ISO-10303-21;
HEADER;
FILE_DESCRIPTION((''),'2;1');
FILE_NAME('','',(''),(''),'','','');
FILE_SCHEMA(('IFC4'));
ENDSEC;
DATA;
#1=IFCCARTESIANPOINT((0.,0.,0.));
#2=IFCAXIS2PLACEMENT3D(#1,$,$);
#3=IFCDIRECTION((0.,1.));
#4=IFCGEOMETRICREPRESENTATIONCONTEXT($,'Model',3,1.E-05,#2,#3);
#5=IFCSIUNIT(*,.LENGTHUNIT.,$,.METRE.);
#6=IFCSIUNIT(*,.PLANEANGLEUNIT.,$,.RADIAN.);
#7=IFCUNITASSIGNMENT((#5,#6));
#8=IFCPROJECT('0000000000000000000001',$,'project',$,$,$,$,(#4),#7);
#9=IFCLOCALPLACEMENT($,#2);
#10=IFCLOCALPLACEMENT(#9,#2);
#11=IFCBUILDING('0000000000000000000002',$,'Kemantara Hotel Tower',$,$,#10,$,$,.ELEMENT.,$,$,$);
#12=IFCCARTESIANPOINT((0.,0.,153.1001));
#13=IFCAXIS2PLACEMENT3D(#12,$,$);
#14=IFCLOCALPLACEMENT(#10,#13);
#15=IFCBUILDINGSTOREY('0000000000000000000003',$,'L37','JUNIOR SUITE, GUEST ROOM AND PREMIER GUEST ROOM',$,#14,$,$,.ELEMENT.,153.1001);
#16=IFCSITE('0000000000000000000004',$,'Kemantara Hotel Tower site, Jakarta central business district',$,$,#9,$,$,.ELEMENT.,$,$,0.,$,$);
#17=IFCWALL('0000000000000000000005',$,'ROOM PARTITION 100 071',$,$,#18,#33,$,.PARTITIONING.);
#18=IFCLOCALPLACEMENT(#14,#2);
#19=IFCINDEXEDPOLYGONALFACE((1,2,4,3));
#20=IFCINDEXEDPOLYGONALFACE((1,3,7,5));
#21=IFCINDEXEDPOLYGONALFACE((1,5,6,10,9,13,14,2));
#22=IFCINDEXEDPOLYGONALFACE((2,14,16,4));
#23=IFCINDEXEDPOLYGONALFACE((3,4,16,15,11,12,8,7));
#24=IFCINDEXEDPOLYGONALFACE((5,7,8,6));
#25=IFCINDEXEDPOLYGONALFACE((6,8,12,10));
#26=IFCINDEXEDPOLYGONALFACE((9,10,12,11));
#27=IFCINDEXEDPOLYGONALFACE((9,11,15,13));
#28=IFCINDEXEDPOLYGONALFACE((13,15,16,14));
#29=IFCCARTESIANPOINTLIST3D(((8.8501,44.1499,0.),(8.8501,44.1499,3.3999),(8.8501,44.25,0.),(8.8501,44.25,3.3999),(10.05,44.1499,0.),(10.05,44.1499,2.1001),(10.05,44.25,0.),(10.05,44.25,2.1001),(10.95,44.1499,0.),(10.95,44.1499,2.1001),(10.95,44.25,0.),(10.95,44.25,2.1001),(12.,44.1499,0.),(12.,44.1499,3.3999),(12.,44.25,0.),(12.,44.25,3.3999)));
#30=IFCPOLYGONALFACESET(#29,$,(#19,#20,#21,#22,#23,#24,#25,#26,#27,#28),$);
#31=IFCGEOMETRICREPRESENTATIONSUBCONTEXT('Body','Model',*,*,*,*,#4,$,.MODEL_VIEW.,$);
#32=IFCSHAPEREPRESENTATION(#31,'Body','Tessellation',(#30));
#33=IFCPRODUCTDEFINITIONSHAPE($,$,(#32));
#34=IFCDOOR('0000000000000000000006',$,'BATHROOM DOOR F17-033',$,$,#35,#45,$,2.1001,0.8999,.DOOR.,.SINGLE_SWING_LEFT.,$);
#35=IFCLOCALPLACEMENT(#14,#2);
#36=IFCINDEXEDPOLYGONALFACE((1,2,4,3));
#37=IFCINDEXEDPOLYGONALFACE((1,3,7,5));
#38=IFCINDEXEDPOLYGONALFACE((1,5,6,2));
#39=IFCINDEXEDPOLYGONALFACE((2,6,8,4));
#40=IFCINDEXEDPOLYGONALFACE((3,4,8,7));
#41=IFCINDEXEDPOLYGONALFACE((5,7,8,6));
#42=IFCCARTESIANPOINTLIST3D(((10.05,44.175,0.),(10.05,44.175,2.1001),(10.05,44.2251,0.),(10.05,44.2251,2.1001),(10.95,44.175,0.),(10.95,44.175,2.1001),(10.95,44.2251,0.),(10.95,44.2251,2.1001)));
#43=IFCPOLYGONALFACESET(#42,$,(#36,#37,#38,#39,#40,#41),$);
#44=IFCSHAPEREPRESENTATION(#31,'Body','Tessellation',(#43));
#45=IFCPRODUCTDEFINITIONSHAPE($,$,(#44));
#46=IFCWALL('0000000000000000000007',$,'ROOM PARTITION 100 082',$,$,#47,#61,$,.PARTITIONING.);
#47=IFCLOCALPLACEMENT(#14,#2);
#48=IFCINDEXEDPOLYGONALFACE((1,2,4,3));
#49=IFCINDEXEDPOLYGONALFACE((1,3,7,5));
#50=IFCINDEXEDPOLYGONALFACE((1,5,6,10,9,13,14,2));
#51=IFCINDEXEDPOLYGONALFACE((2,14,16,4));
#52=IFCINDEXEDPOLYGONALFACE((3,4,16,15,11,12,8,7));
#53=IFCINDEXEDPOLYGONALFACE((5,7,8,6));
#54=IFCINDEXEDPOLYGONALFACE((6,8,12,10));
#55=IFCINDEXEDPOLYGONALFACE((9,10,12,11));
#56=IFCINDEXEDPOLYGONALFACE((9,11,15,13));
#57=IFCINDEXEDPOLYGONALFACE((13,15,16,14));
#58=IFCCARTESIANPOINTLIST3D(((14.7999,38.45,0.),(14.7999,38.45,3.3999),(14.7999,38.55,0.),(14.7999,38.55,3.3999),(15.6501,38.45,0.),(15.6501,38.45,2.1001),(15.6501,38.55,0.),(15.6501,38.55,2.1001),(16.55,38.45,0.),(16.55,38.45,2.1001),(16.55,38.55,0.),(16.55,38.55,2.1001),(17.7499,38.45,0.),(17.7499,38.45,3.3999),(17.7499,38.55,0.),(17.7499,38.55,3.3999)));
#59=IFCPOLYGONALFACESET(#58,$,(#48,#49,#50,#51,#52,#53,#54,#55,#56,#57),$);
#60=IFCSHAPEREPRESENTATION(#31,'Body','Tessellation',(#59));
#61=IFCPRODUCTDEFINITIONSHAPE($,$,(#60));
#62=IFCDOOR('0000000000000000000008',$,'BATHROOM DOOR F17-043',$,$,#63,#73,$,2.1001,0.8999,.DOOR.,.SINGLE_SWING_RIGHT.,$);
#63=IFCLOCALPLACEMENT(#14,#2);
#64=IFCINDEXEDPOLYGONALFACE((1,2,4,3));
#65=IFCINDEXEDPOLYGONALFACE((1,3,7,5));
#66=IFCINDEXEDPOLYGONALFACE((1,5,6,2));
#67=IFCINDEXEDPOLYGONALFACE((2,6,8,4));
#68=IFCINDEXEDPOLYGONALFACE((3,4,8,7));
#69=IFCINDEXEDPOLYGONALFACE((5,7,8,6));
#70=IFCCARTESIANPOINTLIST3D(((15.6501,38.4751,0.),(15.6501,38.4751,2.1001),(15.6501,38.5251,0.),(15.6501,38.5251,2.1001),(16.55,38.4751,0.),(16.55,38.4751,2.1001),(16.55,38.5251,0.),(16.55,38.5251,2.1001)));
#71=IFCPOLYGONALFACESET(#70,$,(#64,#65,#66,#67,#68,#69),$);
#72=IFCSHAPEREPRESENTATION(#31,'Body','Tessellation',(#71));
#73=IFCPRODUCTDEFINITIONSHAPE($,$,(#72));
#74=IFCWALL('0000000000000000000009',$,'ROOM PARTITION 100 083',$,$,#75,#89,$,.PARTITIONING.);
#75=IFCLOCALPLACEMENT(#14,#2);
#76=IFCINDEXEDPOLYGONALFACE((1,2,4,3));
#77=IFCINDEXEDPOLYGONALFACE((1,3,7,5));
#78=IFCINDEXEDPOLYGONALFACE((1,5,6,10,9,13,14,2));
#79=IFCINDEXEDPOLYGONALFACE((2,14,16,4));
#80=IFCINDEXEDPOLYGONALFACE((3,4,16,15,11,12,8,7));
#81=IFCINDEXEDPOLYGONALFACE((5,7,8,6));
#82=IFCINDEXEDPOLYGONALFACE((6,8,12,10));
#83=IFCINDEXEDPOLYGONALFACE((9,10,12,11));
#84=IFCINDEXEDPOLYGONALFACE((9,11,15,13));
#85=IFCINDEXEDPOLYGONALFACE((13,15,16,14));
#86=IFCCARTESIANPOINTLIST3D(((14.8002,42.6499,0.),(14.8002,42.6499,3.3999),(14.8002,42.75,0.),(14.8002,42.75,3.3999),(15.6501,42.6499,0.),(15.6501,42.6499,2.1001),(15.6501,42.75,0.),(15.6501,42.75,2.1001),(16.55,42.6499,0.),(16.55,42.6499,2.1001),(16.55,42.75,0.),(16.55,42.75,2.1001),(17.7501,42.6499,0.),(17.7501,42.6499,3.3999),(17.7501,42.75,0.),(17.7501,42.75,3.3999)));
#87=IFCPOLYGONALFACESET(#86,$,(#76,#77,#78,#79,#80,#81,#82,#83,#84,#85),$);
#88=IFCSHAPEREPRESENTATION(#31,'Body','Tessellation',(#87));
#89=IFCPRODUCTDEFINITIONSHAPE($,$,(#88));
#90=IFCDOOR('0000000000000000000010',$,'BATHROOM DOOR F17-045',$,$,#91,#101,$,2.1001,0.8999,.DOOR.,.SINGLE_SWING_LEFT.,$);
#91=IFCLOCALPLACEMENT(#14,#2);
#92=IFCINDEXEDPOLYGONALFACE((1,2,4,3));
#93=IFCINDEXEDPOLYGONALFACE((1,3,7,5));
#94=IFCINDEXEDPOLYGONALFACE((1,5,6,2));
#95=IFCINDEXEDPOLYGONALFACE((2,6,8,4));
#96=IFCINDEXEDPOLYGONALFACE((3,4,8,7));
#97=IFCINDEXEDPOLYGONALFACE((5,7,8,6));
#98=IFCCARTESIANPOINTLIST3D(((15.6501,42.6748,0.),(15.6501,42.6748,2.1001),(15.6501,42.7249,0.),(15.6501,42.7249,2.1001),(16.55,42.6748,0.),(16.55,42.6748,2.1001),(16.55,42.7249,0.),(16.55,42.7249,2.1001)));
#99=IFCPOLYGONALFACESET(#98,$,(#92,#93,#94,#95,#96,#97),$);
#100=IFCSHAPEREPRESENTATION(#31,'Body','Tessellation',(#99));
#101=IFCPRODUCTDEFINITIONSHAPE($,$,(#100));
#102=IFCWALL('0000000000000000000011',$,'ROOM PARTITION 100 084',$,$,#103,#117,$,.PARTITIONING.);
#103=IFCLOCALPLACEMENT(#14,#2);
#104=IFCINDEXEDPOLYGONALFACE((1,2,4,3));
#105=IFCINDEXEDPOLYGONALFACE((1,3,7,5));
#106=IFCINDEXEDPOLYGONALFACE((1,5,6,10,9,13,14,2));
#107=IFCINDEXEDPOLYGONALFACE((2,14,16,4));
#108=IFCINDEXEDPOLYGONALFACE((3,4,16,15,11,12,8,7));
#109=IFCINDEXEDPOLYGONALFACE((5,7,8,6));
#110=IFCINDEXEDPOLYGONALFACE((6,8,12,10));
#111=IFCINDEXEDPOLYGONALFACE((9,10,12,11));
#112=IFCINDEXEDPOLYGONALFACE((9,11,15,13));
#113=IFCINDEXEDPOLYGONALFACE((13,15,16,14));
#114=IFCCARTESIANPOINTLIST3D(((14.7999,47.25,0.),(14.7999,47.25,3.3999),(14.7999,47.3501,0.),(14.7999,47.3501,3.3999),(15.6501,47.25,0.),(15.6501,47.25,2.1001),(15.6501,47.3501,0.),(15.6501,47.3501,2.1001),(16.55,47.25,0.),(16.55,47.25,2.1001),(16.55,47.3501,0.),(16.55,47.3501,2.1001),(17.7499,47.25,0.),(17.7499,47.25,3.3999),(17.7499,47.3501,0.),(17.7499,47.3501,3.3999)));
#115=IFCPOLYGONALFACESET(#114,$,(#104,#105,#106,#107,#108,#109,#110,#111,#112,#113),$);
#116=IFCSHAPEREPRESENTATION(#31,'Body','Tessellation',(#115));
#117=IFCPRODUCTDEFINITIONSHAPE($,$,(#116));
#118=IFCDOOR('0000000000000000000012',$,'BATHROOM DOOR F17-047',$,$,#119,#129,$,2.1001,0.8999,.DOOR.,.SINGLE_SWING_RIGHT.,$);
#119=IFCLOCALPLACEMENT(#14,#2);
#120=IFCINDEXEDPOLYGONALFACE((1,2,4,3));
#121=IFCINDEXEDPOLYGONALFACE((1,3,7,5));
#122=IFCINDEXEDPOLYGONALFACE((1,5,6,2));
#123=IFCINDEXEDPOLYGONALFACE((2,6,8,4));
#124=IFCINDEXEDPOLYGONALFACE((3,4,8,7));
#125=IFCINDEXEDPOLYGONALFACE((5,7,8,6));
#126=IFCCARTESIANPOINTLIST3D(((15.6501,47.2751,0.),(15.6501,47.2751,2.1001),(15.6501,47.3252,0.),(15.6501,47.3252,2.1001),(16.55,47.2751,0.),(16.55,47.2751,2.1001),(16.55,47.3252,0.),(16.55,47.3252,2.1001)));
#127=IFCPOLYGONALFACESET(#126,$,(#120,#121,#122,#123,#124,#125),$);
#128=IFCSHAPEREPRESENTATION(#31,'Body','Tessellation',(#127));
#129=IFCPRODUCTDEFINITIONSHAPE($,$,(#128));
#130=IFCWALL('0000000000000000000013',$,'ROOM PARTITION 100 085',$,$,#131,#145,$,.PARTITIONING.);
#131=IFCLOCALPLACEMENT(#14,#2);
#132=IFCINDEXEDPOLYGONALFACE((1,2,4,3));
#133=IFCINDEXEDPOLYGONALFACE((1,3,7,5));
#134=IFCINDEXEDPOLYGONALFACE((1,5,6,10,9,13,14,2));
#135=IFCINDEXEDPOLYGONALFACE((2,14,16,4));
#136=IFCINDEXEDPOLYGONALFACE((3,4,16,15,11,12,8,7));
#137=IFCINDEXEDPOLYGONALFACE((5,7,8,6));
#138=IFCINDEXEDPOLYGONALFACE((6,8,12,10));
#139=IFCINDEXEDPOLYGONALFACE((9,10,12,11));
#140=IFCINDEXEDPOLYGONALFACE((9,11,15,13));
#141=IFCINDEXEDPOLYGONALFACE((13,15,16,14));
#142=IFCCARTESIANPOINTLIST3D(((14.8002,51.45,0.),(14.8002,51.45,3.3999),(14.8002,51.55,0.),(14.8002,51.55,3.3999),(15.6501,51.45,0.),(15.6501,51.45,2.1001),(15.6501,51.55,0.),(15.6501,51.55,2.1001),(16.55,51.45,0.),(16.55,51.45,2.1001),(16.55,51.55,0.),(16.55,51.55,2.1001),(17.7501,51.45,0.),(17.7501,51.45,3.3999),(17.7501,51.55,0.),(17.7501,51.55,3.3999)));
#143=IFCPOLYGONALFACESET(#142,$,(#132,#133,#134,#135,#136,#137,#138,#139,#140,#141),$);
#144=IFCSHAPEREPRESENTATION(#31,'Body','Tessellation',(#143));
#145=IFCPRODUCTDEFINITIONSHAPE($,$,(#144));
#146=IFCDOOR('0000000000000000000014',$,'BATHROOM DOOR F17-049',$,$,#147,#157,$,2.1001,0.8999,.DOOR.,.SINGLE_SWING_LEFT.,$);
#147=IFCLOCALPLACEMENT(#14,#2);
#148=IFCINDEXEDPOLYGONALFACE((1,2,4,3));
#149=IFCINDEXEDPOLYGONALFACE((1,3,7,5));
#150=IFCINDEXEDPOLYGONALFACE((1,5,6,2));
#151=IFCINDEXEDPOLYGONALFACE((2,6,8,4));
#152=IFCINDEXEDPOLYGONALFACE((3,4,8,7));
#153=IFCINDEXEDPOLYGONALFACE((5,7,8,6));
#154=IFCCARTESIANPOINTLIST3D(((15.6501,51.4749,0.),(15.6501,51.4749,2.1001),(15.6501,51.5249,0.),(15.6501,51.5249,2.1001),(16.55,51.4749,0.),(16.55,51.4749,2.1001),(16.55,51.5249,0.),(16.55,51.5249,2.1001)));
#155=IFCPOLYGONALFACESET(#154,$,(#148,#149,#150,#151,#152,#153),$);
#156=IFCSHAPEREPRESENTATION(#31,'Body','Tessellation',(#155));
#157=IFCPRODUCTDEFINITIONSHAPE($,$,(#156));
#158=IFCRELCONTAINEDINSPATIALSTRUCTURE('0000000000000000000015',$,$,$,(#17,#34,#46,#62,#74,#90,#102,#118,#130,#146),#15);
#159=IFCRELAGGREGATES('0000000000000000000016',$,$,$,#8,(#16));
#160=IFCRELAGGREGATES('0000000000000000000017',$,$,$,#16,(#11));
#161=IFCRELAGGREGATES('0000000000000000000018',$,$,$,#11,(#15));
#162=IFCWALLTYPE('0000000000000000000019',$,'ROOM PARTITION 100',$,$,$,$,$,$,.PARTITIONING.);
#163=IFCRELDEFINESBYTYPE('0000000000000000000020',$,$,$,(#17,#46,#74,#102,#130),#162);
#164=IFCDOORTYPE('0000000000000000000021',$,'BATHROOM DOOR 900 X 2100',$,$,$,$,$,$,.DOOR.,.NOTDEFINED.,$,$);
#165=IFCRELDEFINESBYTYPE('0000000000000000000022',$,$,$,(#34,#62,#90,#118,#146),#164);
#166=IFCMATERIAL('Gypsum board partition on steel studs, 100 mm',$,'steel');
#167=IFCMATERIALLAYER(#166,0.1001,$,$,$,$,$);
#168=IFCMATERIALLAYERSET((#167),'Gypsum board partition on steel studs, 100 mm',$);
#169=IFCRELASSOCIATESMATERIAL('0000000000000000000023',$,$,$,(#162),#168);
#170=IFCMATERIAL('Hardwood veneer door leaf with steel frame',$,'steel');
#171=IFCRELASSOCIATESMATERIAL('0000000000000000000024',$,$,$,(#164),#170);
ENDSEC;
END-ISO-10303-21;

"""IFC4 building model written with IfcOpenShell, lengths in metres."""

from ifc_helpers import new_model, si_unit, direction, frame, frame_2d, origin, place, context, subcontext, project, spatial, rectangle, extrude, material, layer, layer_set, type_object, element, fill, save


model = new_model("IFC4")

# Units and contexts
model_context = context("Model", 3, precision=1e-05, world=origin(), true_north=direction((0.0, 1.0)))
body_context = subcontext(model_context, "Body", "Model", "MODEL_VIEW")
ifc_project = project(units=[si_unit("LENGTHUNIT", "METRE"), si_unit("PLANEANGLEUNIT", "RADIAN")], contexts=[model_context])

# Site, building, storey
site_placement = place(None, origin())
site = spatial("IfcSite", under=ifc_project, at=site_placement, Name="Kemantara Hotel Tower site, Jakarta central business district", CompositionType="ELEMENT", RefElevation=0.0)
building_placement = place(site_placement, origin())
building = spatial("IfcBuilding", under=site, at=building_placement, Name="Kemantara Hotel Tower", CompositionType="ELEMENT")
storey_placement = place(building_placement, frame((0.0, 0.0, 153.1001)))
storey = spatial("IfcBuildingStorey", under=building, at=storey_placement, Name="L37", Description="JUNIOR SUITE, GUEST ROOM AND PREMIER GUEST ROOM", CompositionType="ELEMENT", Elevation=153.1001)

# Shared definitions
ifc_material_1 = material(Name="Hardwood veneer door leaf with steel frame", Category="steel")

# Walls, openings, doors
ifc_material_2 = material(Name="Gypsum board partition on steel studs, 100 mm", Category="steel")
ifc_layer_1 = layer(ifc_material_2, 0.1001)
ifc_layer_set_1 = layer_set([ifc_layer_1], Name="Gypsum board partition on steel studs, 100 mm")
wall_type_1 = type_object("IfcWallType", Name="ROOM PARTITION 100", PredefinedType="PARTITIONING", material=ifc_layer_set_1)
wall_1_placement = place(storey_placement, frame((12.0, 44.2, 0.0), z_axis=(0.0, 0.0, 1.0), x_axis=(-1.0, 0.0, 0.0)))
wall_1 = element("IfcWall", 1, at=wall_1_placement, inside=storey, type_object=wall_type_1, Name="ROOM PARTITION 100 071", PredefinedType="PARTITIONING", context=body_context, shape_type="SweptSolid", body=[
    extrude(rectangle(XDim=3.1499, YDim=0.1001, at=frame_2d((1.575, 0.0))), origin(), (0.0, 0.0, 1.0), 3.3999),
])
opening_1_placement = place(wall_1_placement, frame((1.05, 0.0, 0.0)))
opening_1 = element("IfcOpeningElement", 2, at=opening_1_placement, cuts=wall_1, PredefinedType="OPENING", context=body_context, shape_type="SweptSolid", body=[
    extrude(rectangle(XDim=0.8999, YDim=2.1001, at=frame_2d((0.45, 1.05))), frame((0.0, 0.0601, 0.0), z_axis=(0.0, -1.0, 0.0), x_axis=(1.0, 0.0, 0.0)), (0.0, 0.0, 1.0), 0.1201),
])
door_type_1 = type_object("IfcDoorType", Name="BATHROOM DOOR 900 X 2100", OperationType="NOTDEFINED", PredefinedType="DOOR", material=ifc_material_1)
door_1_placement = place(opening_1_placement, origin())
door_1 = element("IfcDoor", 3, at=door_1_placement, inside=storey, type_object=door_type_1, Name="BATHROOM DOOR F17-033", OperationType="SINGLE_SWING_LEFT", OverallHeight=2.1001, OverallWidth=0.8999, PredefinedType="DOOR", context=body_context, shape_type="SweptSolid", body=[
    extrude(rectangle(XDim=0.8999, YDim=2.1001, at=frame_2d((0.45, 1.05))), frame((0.0, 0.0249, 0.0), z_axis=(0.0, -1.0, 0.0), x_axis=(1.0, 0.0, 0.0)), (0.0, 0.0, 1.0), 0.05),
])
fill(opening_1, door_1)
wall_2_placement = place(storey_placement, frame((17.75, 38.5, 0.0), z_axis=(0.0, 0.0, 1.0), x_axis=(-1.0, 0.0, 0.0)))
wall_2 = element("IfcWall", 4, at=wall_2_placement, inside=storey, type_object=wall_type_1, Name="ROOM PARTITION 100 082", PredefinedType="PARTITIONING", context=body_context, shape_type="SweptSolid", body=[
    extrude(rectangle(XDim=2.95, YDim=0.1001, at=frame_2d((1.4751, 0.0))), origin(), (0.0, 0.0, 1.0), 3.3999),
])
opening_2_placement = place(wall_2_placement, frame((1.2, 0.0, 0.0)))
opening_2 = element("IfcOpeningElement", 5, at=opening_2_placement, cuts=wall_2, PredefinedType="OPENING", context=body_context, shape_type="SweptSolid", body=[
    extrude(rectangle(XDim=0.8999, YDim=2.1001, at=frame_2d((0.45, 1.05))), frame((0.0, 0.0601, 0.0), z_axis=(0.0, -1.0, 0.0), x_axis=(1.0, 0.0, 0.0)), (0.0, 0.0, 1.0), 0.1201),
])
door_2_placement = place(opening_2_placement, origin())
door_2 = element("IfcDoor", 6, at=door_2_placement, inside=storey, type_object=door_type_1, Name="BATHROOM DOOR F17-043", OperationType="SINGLE_SWING_RIGHT", OverallHeight=2.1001, OverallWidth=0.8999, PredefinedType="DOOR", context=body_context, shape_type="SweptSolid", body=[
    extrude(rectangle(XDim=0.8999, YDim=2.1001, at=frame_2d((0.45, 1.05))), frame((0.0, 0.0249, 0.0), z_axis=(0.0, -1.0, 0.0), x_axis=(1.0, 0.0, 0.0)), (0.0, 0.0, 1.0), 0.05),
])
fill(opening_2, door_2)
wall_3_placement = place(storey_placement, frame((14.8, 42.7, 0.0), z_axis=(0.0, 0.0, 1.0), x_axis=(1.0, 0.0, 0.0)))
wall_3 = element("IfcWall", 7, at=wall_3_placement, inside=storey, type_object=wall_type_1, Name="ROOM PARTITION 100 083", PredefinedType="PARTITIONING", context=body_context, shape_type="SweptSolid", body=[
    extrude(rectangle(XDim=2.95, YDim=0.1001, at=frame_2d((1.4751, 0.0))), origin(), (0.0, 0.0, 1.0), 3.3999),
])
opening_3_placement = place(wall_3_placement, frame((0.8501, 0.0, 0.0)))
opening_3 = element("IfcOpeningElement", 8, at=opening_3_placement, cuts=wall_3, PredefinedType="OPENING", context=body_context, shape_type="SweptSolid", body=[
    extrude(rectangle(XDim=0.8999, YDim=2.1001, at=frame_2d((0.45, 1.05))), frame((0.0, 0.0601, 0.0), z_axis=(0.0, -1.0, 0.0), x_axis=(1.0, 0.0, 0.0)), (0.0, 0.0, 1.0), 0.1201),
])
door_3_placement = place(opening_3_placement, origin())
door_3 = element("IfcDoor", 9, at=door_3_placement, inside=storey, type_object=door_type_1, Name="BATHROOM DOOR F17-045", OperationType="SINGLE_SWING_LEFT", OverallHeight=2.1001, OverallWidth=0.8999, PredefinedType="DOOR", context=body_context, shape_type="SweptSolid", body=[
    extrude(rectangle(XDim=0.8999, YDim=2.1001, at=frame_2d((0.45, 1.05))), frame((0.0, 0.0249, 0.0), z_axis=(0.0, -1.0, 0.0), x_axis=(1.0, 0.0, 0.0)), (0.0, 0.0, 1.0), 0.05),
])
fill(opening_3, door_3)
wall_4_placement = place(storey_placement, frame((17.75, 47.3, 0.0), z_axis=(0.0, 0.0, 1.0), x_axis=(-1.0, 0.0, 0.0)))
wall_4 = element("IfcWall", 10, at=wall_4_placement, inside=storey, type_object=wall_type_1, Name="ROOM PARTITION 100 084", PredefinedType="PARTITIONING", context=body_context, shape_type="SweptSolid", body=[
    extrude(rectangle(XDim=2.95, YDim=0.1001, at=frame_2d((1.4751, 0.0))), origin(), (0.0, 0.0, 1.0), 3.3999),
])
opening_4_placement = place(wall_4_placement, frame((1.2, 0.0, 0.0)))
opening_4 = element("IfcOpeningElement", 11, at=opening_4_placement, cuts=wall_4, PredefinedType="OPENING", context=body_context, shape_type="SweptSolid", body=[
    extrude(rectangle(XDim=0.8999, YDim=2.1001, at=frame_2d((0.45, 1.05))), frame((0.0, 0.0601, 0.0), z_axis=(0.0, -1.0, 0.0), x_axis=(1.0, 0.0, 0.0)), (0.0, 0.0, 1.0), 0.1201),
])
door_4_placement = place(opening_4_placement, origin())
door_4 = element("IfcDoor", 12, at=door_4_placement, inside=storey, type_object=door_type_1, Name="BATHROOM DOOR F17-047", OperationType="SINGLE_SWING_RIGHT", OverallHeight=2.1001, OverallWidth=0.8999, PredefinedType="DOOR", context=body_context, shape_type="SweptSolid", body=[
    extrude(rectangle(XDim=0.8999, YDim=2.1001, at=frame_2d((0.45, 1.05))), frame((0.0, 0.0249, 0.0), z_axis=(0.0, -1.0, 0.0), x_axis=(1.0, 0.0, 0.0)), (0.0, 0.0, 1.0), 0.05),
])
fill(opening_4, door_4)
wall_5_placement = place(storey_placement, frame((14.8, 51.5, 0.0), z_axis=(0.0, 0.0, 1.0), x_axis=(1.0, 0.0, 0.0)))
wall_5 = element("IfcWall", 13, at=wall_5_placement, inside=storey, type_object=wall_type_1, Name="ROOM PARTITION 100 085", PredefinedType="PARTITIONING", context=body_context, shape_type="SweptSolid", body=[
    extrude(rectangle(XDim=2.95, YDim=0.1001, at=frame_2d((1.4751, 0.0))), origin(), (0.0, 0.0, 1.0), 3.3999),
])
opening_5_placement = place(wall_5_placement, frame((0.8501, 0.0, 0.0)))
opening_5 = element("IfcOpeningElement", 14, at=opening_5_placement, cuts=wall_5, PredefinedType="OPENING", context=body_context, shape_type="SweptSolid", body=[
    extrude(rectangle(XDim=0.8999, YDim=2.1001, at=frame_2d((0.45, 1.05))), frame((0.0, 0.0601, 0.0), z_axis=(0.0, -1.0, 0.0), x_axis=(1.0, 0.0, 0.0)), (0.0, 0.0, 1.0), 0.1201),
])
door_5_placement = place(opening_5_placement, origin())
door_5 = element("IfcDoor", 15, at=door_5_placement, inside=storey, type_object=door_type_1, Name="BATHROOM DOOR F17-049", OperationType="SINGLE_SWING_LEFT", OverallHeight=2.1001, OverallWidth=0.8999, PredefinedType="DOOR", context=body_context, shape_type="SweptSolid", body=[
    extrude(rectangle(XDim=0.8999, YDim=2.1001, at=frame_2d((0.45, 1.05))), frame((0.0, 0.0249, 0.0), z_axis=(0.0, -1.0, 0.0), x_axis=(1.0, 0.0, 0.0)), (0.0, 0.0, 1.0), 0.05),
])
fill(opening_5, door_5)

save(model, "model.ifc")
